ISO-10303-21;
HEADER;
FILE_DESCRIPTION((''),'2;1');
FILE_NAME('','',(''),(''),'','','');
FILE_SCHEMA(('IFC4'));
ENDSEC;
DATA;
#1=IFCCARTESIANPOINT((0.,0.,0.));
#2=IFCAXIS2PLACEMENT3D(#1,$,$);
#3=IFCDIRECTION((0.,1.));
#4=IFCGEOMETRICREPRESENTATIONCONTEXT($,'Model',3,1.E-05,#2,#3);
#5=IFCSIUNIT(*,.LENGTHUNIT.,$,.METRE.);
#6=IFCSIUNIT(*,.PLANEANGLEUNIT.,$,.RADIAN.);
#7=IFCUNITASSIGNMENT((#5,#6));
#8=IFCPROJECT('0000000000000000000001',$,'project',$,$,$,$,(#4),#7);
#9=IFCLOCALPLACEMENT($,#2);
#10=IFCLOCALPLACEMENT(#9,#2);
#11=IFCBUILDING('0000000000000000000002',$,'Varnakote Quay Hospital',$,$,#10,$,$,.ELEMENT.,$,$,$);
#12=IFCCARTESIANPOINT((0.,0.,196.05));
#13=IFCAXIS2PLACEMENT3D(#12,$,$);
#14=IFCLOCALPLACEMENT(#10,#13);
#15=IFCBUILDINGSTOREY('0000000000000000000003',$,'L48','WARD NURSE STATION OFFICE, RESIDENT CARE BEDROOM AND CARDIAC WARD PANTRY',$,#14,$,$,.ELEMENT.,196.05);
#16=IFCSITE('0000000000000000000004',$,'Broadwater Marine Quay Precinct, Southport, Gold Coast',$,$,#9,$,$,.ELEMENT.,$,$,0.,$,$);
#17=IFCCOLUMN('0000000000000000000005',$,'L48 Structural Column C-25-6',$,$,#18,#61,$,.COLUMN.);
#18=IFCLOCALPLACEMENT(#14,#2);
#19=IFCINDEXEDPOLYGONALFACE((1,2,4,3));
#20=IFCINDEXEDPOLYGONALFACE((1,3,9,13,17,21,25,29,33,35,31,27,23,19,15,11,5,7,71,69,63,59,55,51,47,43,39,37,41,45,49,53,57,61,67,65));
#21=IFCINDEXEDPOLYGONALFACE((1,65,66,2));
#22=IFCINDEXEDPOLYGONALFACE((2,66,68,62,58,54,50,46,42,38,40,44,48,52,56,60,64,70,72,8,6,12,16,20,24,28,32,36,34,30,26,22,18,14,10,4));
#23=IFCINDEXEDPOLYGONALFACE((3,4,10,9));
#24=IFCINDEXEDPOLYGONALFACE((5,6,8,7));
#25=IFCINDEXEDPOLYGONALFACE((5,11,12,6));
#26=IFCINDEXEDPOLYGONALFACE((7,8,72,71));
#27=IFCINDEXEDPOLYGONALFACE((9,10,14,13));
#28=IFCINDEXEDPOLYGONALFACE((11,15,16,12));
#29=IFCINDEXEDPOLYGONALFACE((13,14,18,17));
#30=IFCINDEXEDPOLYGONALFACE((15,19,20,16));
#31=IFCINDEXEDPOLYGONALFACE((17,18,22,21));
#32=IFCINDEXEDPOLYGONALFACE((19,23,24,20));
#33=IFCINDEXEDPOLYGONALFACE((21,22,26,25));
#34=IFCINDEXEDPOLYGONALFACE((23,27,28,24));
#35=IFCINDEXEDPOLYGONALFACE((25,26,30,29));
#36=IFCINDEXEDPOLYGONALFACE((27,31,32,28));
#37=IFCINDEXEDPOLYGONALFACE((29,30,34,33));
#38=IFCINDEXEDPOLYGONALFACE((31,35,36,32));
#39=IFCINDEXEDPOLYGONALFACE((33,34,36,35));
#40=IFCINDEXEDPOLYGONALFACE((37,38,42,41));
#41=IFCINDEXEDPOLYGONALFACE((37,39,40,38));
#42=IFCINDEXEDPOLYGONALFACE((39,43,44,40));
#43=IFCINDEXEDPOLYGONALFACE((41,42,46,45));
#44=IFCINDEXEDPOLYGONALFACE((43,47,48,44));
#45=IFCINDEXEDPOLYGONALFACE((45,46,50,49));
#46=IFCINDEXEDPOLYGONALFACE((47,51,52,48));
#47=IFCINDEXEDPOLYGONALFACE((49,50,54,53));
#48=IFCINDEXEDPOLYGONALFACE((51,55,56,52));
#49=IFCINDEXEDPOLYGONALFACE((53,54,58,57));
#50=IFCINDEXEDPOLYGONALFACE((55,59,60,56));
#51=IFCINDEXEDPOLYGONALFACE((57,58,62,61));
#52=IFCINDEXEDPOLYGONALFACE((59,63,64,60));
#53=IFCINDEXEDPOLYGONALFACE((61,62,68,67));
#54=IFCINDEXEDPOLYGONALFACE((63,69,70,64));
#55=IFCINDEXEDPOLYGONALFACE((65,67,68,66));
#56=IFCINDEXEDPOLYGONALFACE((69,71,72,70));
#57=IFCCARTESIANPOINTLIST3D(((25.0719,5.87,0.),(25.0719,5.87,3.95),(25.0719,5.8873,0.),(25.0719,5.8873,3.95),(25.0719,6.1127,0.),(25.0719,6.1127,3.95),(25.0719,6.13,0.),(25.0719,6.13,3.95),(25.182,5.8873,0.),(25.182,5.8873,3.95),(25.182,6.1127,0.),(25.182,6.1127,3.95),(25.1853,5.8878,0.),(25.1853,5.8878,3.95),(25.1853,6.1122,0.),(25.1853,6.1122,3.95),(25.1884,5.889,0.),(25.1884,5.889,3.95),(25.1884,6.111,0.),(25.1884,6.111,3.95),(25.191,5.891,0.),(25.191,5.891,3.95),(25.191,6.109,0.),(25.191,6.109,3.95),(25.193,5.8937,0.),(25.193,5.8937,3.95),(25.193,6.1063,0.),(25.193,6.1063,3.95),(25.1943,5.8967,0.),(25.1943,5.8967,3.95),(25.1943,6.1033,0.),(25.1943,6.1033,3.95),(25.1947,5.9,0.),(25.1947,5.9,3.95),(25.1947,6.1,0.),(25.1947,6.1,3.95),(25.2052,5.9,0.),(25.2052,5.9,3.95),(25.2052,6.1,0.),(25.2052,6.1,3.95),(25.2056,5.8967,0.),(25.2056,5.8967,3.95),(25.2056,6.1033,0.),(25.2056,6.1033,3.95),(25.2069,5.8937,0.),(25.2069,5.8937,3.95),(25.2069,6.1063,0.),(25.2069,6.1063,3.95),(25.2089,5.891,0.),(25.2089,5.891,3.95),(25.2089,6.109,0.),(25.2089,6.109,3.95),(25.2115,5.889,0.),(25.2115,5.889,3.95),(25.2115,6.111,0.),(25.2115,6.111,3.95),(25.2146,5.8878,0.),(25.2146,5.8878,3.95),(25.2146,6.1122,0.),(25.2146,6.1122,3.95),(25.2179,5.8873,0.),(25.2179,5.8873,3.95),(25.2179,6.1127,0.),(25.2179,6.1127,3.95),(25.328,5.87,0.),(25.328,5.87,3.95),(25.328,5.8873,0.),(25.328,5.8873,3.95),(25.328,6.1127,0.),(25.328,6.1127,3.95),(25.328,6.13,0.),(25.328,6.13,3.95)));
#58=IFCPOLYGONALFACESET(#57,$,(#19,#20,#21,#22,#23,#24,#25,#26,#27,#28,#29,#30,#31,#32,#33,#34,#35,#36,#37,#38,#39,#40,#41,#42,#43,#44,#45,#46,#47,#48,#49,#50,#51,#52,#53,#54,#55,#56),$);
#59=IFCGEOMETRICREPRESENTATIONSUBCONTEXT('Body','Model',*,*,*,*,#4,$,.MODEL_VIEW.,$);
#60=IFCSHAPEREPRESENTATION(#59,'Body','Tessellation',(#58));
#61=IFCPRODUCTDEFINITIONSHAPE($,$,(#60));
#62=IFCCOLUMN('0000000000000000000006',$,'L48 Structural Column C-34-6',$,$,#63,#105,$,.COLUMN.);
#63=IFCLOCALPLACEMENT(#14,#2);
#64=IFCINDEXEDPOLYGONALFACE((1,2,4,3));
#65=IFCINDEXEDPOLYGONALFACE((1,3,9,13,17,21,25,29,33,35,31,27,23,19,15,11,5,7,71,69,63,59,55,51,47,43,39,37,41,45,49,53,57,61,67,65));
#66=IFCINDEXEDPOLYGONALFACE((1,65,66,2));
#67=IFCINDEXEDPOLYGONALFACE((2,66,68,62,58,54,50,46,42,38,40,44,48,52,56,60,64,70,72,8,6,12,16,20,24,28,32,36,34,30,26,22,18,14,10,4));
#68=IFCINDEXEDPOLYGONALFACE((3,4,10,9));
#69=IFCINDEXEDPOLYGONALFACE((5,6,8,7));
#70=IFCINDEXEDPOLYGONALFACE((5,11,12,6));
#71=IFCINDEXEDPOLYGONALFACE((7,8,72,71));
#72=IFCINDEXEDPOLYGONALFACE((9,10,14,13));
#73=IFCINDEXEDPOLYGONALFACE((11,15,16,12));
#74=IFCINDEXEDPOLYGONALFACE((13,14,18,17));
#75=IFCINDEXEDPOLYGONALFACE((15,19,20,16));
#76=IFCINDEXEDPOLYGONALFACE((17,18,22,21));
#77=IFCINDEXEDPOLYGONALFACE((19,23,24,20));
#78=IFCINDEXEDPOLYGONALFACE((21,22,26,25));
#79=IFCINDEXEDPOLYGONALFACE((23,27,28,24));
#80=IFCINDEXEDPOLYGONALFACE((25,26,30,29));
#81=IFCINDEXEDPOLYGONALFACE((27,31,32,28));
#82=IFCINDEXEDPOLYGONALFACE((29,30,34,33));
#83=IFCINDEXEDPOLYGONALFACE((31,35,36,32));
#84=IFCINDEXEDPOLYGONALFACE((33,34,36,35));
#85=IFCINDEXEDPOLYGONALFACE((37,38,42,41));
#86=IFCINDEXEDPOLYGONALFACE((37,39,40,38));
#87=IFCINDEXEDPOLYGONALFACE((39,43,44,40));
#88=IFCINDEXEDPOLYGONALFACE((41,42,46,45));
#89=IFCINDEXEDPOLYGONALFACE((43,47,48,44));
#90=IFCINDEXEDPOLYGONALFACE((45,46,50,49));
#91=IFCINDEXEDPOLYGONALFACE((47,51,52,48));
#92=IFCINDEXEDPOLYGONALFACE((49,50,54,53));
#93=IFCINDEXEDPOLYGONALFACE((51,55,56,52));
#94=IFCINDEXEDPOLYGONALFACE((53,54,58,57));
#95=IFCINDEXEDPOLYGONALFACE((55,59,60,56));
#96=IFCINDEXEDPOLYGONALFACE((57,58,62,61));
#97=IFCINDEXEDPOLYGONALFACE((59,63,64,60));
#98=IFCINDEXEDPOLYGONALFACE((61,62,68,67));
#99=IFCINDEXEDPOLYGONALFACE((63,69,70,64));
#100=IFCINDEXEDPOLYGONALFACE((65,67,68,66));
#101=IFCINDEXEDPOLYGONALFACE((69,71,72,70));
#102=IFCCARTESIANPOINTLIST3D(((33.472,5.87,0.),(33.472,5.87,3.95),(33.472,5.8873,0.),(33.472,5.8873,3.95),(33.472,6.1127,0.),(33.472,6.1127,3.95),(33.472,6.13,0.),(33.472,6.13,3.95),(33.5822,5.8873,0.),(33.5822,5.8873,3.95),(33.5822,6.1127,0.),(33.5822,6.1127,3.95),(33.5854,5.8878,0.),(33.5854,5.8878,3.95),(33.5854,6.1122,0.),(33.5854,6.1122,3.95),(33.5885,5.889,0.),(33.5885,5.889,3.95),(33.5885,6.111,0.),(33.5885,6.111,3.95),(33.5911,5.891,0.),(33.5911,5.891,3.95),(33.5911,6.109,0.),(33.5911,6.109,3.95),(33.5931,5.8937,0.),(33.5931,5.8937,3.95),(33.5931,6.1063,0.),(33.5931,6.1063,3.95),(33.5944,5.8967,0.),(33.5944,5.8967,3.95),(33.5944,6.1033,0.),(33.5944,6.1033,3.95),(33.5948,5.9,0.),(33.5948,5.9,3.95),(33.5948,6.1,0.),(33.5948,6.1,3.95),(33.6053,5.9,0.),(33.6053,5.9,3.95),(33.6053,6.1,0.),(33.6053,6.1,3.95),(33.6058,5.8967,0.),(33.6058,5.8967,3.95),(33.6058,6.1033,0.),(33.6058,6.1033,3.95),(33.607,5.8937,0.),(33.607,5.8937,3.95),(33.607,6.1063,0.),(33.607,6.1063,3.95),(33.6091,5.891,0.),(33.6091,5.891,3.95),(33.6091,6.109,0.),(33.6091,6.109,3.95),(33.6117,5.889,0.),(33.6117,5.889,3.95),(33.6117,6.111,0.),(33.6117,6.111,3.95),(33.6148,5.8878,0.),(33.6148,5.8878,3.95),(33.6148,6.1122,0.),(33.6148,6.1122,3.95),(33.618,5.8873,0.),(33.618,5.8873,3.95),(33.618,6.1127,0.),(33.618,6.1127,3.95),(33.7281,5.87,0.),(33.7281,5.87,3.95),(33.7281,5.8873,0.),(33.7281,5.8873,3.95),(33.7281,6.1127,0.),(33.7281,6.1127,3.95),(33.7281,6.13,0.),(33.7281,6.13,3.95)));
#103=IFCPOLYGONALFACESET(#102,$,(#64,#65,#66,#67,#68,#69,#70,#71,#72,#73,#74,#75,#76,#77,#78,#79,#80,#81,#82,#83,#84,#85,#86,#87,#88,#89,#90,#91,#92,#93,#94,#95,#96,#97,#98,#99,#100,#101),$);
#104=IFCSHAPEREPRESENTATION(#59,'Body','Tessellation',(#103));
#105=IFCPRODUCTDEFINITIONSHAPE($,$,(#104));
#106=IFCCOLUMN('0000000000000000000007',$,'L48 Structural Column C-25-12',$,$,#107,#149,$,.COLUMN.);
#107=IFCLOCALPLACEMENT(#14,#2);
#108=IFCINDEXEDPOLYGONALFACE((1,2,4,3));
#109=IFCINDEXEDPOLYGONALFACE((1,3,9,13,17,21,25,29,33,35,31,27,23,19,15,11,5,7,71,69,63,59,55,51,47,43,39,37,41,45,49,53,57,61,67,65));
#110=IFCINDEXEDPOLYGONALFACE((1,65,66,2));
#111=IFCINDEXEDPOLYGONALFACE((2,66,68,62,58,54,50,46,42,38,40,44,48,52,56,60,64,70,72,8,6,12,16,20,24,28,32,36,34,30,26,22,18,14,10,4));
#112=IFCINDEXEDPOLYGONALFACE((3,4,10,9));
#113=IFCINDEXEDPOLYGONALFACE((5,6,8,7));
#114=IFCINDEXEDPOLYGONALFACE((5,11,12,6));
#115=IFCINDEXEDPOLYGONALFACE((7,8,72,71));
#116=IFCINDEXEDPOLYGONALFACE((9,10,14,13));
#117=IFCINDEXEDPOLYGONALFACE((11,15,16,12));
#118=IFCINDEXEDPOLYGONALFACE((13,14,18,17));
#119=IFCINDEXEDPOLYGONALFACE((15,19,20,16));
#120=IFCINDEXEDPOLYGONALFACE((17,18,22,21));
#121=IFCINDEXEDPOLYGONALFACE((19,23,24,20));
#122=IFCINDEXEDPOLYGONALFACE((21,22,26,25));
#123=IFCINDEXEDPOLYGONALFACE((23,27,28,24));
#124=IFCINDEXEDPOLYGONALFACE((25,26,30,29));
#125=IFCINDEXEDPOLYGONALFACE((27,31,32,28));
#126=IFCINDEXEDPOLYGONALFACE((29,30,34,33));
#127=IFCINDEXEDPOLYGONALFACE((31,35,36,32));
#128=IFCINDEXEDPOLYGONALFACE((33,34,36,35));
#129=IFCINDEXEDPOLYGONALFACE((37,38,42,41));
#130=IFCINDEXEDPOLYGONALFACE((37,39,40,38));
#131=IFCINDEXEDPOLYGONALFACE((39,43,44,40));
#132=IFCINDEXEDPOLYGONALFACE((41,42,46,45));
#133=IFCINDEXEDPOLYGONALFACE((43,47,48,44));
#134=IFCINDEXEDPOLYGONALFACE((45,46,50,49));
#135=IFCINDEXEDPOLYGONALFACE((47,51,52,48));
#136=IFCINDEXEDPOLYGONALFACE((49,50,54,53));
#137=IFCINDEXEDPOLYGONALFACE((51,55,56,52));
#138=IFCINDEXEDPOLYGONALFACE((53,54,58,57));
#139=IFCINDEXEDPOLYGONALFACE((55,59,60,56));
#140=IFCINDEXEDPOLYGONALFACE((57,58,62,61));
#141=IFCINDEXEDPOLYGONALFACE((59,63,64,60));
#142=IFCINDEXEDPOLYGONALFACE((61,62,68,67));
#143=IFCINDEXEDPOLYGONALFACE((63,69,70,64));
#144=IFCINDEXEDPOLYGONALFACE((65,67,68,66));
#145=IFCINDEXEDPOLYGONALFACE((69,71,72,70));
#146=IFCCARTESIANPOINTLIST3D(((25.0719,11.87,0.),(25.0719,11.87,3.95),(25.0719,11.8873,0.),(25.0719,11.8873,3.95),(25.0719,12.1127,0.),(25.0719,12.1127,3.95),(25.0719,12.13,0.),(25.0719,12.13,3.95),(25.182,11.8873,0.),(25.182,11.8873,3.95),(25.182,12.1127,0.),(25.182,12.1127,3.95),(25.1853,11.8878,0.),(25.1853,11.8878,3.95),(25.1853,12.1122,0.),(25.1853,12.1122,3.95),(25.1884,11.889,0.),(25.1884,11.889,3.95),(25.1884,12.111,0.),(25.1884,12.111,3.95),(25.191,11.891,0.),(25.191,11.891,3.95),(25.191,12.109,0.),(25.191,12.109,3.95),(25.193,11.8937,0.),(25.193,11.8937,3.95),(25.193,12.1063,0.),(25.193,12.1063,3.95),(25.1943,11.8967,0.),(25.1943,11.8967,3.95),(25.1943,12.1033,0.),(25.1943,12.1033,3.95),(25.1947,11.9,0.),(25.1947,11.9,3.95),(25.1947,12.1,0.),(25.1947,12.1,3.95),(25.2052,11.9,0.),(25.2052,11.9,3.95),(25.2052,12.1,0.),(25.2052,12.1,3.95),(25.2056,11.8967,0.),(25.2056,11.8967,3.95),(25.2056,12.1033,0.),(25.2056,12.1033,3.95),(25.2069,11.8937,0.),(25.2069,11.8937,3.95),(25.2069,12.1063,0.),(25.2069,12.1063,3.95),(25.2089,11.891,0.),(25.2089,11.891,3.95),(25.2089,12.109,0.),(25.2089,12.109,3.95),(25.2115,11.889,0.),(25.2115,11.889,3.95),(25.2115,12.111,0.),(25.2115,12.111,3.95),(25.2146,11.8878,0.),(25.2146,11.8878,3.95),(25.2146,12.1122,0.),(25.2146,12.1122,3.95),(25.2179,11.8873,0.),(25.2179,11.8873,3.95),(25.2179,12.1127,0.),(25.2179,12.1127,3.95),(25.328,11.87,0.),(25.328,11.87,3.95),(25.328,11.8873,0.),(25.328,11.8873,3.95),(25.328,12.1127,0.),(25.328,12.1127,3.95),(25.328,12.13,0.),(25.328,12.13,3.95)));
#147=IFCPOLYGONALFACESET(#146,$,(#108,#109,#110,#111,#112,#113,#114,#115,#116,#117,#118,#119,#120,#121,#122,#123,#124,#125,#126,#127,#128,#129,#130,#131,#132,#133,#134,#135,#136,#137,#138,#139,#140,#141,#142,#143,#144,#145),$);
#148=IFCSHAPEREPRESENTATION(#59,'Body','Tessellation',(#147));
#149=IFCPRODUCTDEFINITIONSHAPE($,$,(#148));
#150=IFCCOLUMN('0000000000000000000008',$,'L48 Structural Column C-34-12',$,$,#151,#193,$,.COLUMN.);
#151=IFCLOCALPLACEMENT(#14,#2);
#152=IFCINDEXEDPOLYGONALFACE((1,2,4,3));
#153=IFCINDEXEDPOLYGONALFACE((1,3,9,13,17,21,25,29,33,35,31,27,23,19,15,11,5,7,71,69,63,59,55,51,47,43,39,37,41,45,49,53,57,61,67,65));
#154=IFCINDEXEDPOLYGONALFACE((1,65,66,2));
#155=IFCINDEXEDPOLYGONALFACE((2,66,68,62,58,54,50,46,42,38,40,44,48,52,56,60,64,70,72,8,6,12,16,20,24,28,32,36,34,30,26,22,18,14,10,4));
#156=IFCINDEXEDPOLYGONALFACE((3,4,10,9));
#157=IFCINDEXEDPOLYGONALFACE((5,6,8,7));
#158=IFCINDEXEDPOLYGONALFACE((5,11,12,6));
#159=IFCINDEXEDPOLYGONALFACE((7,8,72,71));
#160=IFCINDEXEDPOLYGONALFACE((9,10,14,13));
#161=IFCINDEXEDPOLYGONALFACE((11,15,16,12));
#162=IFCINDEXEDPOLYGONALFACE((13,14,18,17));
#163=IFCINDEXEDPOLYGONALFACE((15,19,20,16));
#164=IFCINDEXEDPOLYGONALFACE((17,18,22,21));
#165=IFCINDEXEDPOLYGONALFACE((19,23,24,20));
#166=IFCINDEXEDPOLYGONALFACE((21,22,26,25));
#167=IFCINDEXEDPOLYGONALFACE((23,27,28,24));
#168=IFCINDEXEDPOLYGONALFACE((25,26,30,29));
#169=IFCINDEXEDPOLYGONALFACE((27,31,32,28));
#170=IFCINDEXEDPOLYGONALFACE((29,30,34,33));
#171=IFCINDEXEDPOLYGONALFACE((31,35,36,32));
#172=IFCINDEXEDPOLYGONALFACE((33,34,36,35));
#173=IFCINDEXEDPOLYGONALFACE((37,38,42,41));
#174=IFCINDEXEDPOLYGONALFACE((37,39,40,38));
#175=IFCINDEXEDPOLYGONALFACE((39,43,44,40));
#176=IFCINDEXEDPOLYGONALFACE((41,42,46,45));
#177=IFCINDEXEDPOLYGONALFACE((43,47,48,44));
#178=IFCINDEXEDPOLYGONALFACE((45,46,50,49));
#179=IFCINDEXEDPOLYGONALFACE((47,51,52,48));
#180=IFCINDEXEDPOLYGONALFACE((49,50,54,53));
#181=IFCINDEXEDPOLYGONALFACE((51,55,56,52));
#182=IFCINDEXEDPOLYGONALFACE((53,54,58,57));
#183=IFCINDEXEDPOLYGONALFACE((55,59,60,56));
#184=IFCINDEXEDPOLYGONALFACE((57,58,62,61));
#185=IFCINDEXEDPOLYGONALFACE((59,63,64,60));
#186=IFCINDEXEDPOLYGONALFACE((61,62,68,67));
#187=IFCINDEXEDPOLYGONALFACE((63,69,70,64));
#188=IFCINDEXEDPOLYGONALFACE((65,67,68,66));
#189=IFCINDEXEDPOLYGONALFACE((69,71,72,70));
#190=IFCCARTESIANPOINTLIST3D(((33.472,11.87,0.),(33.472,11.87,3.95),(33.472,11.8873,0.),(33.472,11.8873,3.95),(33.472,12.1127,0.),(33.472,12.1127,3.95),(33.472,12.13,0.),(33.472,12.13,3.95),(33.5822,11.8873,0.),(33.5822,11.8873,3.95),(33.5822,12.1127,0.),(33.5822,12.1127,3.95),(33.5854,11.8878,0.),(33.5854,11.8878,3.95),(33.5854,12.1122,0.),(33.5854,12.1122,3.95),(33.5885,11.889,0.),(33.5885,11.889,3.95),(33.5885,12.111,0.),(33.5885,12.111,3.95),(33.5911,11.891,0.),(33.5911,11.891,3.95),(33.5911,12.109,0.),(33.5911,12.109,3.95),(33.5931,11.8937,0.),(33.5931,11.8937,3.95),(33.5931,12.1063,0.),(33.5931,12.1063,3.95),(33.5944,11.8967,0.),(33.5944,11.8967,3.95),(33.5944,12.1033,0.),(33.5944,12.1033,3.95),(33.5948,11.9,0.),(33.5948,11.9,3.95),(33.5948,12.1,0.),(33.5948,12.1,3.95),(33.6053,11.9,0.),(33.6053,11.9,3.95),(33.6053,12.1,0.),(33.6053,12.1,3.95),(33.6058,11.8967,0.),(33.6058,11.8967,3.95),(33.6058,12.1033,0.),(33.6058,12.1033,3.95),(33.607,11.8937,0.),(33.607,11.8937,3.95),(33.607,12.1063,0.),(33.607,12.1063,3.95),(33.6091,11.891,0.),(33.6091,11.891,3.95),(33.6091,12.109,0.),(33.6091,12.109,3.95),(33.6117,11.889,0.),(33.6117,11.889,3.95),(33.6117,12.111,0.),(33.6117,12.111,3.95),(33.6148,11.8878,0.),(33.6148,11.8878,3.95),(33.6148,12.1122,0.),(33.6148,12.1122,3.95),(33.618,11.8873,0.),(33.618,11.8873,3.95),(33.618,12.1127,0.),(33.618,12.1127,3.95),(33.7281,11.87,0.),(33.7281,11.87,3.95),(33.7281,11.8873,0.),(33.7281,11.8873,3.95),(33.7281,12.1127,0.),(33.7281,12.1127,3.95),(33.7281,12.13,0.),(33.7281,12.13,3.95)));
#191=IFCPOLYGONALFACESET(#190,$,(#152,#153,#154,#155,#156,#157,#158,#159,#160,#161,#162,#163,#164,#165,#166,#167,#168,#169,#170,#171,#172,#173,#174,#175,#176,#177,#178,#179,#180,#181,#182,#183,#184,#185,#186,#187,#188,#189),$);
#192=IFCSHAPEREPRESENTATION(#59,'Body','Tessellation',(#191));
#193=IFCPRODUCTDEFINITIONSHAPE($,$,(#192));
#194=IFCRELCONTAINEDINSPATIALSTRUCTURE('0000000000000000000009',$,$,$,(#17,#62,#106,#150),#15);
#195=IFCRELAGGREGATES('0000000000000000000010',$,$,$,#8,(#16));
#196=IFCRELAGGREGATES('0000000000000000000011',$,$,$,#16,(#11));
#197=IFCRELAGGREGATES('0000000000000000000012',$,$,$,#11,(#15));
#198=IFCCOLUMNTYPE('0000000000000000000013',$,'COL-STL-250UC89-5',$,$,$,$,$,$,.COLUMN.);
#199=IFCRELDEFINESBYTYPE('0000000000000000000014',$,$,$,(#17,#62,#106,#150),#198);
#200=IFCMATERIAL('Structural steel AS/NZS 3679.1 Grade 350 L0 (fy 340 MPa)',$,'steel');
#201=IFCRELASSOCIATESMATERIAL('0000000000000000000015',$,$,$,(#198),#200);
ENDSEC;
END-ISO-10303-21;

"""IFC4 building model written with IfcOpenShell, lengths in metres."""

from ifc_helpers import new_model, si_unit, direction, frame, origin, origin_2d, place, context, subcontext, project, spatial, i_section, extrude, material, material_profile, profile_set, type_object, element, save


model = new_model("IFC4")

# Units and contexts
model_context = context("Model", 3, precision=1e-05, world=origin(), true_north=direction((0.0, 1.0)))
body_context = subcontext(model_context, "Body", "Model", "MODEL_VIEW")
ifc_project = project(units=[si_unit("LENGTHUNIT", "METRE"), si_unit("PLANEANGLEUNIT", "RADIAN")], contexts=[model_context])

# Site, building, storey
site_placement = place(None, origin())
site = spatial("IfcSite", under=ifc_project, at=site_placement, Name="Broadwater Marine Quay Precinct, Southport, Gold Coast", CompositionType="ELEMENT", RefElevation=0.0)
building_placement = place(site_placement, origin())
building = spatial("IfcBuilding", under=site, at=building_placement, Name="Varnakote Quay Hospital", CompositionType="ELEMENT")
storey_placement = place(building_placement, frame((0.0, 0.0, 196.05)))
storey = spatial("IfcBuildingStorey", under=building, at=storey_placement, Name="L48", Description="WARD NURSE STATION OFFICE, RESIDENT CARE BEDROOM AND CARDIAC WARD PANTRY", CompositionType="ELEMENT", Elevation=196.05)

# Columns
ifc_material_1 = material(Name="Structural steel AS/NZS 3679.1 Grade 350 L0 (fy 340 MPa)", Category="steel")
ifc_material_profile_1 = material_profile(ifc_material_1, i_section(OverallWidth=0.2561, OverallDepth=0.26, WebThickness=0.0105, FlangeThickness=0.0173, FilletRadius=0.0127, at=origin_2d()), Name="250UC89.5")
ifc_profile_set_1 = profile_set([ifc_material_profile_1], Name="Structural steel AS/NZS 3679.1 Grade 350 L0 (fy 340 MPa)")
column_type = type_object("IfcColumnType", Name="COL-STL-250UC89-5", PredefinedType="COLUMN", material=ifc_profile_set_1)
for number, where, z_axis, x_axis, name in (
    (1, (25.2, 6.0, 0.0), (0.0, 0.0, 1.0), (1.0, 0.0, 0.0), "L48 Structural Column C-25-6"),
    (2, (33.6001, 6.0, 0.0), (0.0, 0.0, 1.0), (1.0, 0.0, 0.0), "L48 Structural Column C-34-6"),
    (3, (25.2, 12.0, 0.0), (0.0, 0.0, 1.0), (1.0, 0.0, 0.0), "L48 Structural Column C-25-12"),
    (4, (33.6001, 12.0, 0.0), (0.0, 0.0, 1.0), (1.0, 0.0, 0.0), "L48 Structural Column C-34-12"),
):
    element("IfcColumn", number, at=place(storey_placement, frame(where, z_axis=z_axis, x_axis=x_axis)), inside=storey, type_object=column_type, Name=name, PredefinedType="COLUMN", context=body_context, shape_type="SweptSolid", body=[
        extrude(i_section(OverallWidth=0.2561, OverallDepth=0.26, WebThickness=0.0105, FlangeThickness=0.0173, FilletRadius=0.0127, at=origin_2d()), origin(), (0.0, 0.0, 1.0), 3.95),
    ])

save(model, "model.ifc")
